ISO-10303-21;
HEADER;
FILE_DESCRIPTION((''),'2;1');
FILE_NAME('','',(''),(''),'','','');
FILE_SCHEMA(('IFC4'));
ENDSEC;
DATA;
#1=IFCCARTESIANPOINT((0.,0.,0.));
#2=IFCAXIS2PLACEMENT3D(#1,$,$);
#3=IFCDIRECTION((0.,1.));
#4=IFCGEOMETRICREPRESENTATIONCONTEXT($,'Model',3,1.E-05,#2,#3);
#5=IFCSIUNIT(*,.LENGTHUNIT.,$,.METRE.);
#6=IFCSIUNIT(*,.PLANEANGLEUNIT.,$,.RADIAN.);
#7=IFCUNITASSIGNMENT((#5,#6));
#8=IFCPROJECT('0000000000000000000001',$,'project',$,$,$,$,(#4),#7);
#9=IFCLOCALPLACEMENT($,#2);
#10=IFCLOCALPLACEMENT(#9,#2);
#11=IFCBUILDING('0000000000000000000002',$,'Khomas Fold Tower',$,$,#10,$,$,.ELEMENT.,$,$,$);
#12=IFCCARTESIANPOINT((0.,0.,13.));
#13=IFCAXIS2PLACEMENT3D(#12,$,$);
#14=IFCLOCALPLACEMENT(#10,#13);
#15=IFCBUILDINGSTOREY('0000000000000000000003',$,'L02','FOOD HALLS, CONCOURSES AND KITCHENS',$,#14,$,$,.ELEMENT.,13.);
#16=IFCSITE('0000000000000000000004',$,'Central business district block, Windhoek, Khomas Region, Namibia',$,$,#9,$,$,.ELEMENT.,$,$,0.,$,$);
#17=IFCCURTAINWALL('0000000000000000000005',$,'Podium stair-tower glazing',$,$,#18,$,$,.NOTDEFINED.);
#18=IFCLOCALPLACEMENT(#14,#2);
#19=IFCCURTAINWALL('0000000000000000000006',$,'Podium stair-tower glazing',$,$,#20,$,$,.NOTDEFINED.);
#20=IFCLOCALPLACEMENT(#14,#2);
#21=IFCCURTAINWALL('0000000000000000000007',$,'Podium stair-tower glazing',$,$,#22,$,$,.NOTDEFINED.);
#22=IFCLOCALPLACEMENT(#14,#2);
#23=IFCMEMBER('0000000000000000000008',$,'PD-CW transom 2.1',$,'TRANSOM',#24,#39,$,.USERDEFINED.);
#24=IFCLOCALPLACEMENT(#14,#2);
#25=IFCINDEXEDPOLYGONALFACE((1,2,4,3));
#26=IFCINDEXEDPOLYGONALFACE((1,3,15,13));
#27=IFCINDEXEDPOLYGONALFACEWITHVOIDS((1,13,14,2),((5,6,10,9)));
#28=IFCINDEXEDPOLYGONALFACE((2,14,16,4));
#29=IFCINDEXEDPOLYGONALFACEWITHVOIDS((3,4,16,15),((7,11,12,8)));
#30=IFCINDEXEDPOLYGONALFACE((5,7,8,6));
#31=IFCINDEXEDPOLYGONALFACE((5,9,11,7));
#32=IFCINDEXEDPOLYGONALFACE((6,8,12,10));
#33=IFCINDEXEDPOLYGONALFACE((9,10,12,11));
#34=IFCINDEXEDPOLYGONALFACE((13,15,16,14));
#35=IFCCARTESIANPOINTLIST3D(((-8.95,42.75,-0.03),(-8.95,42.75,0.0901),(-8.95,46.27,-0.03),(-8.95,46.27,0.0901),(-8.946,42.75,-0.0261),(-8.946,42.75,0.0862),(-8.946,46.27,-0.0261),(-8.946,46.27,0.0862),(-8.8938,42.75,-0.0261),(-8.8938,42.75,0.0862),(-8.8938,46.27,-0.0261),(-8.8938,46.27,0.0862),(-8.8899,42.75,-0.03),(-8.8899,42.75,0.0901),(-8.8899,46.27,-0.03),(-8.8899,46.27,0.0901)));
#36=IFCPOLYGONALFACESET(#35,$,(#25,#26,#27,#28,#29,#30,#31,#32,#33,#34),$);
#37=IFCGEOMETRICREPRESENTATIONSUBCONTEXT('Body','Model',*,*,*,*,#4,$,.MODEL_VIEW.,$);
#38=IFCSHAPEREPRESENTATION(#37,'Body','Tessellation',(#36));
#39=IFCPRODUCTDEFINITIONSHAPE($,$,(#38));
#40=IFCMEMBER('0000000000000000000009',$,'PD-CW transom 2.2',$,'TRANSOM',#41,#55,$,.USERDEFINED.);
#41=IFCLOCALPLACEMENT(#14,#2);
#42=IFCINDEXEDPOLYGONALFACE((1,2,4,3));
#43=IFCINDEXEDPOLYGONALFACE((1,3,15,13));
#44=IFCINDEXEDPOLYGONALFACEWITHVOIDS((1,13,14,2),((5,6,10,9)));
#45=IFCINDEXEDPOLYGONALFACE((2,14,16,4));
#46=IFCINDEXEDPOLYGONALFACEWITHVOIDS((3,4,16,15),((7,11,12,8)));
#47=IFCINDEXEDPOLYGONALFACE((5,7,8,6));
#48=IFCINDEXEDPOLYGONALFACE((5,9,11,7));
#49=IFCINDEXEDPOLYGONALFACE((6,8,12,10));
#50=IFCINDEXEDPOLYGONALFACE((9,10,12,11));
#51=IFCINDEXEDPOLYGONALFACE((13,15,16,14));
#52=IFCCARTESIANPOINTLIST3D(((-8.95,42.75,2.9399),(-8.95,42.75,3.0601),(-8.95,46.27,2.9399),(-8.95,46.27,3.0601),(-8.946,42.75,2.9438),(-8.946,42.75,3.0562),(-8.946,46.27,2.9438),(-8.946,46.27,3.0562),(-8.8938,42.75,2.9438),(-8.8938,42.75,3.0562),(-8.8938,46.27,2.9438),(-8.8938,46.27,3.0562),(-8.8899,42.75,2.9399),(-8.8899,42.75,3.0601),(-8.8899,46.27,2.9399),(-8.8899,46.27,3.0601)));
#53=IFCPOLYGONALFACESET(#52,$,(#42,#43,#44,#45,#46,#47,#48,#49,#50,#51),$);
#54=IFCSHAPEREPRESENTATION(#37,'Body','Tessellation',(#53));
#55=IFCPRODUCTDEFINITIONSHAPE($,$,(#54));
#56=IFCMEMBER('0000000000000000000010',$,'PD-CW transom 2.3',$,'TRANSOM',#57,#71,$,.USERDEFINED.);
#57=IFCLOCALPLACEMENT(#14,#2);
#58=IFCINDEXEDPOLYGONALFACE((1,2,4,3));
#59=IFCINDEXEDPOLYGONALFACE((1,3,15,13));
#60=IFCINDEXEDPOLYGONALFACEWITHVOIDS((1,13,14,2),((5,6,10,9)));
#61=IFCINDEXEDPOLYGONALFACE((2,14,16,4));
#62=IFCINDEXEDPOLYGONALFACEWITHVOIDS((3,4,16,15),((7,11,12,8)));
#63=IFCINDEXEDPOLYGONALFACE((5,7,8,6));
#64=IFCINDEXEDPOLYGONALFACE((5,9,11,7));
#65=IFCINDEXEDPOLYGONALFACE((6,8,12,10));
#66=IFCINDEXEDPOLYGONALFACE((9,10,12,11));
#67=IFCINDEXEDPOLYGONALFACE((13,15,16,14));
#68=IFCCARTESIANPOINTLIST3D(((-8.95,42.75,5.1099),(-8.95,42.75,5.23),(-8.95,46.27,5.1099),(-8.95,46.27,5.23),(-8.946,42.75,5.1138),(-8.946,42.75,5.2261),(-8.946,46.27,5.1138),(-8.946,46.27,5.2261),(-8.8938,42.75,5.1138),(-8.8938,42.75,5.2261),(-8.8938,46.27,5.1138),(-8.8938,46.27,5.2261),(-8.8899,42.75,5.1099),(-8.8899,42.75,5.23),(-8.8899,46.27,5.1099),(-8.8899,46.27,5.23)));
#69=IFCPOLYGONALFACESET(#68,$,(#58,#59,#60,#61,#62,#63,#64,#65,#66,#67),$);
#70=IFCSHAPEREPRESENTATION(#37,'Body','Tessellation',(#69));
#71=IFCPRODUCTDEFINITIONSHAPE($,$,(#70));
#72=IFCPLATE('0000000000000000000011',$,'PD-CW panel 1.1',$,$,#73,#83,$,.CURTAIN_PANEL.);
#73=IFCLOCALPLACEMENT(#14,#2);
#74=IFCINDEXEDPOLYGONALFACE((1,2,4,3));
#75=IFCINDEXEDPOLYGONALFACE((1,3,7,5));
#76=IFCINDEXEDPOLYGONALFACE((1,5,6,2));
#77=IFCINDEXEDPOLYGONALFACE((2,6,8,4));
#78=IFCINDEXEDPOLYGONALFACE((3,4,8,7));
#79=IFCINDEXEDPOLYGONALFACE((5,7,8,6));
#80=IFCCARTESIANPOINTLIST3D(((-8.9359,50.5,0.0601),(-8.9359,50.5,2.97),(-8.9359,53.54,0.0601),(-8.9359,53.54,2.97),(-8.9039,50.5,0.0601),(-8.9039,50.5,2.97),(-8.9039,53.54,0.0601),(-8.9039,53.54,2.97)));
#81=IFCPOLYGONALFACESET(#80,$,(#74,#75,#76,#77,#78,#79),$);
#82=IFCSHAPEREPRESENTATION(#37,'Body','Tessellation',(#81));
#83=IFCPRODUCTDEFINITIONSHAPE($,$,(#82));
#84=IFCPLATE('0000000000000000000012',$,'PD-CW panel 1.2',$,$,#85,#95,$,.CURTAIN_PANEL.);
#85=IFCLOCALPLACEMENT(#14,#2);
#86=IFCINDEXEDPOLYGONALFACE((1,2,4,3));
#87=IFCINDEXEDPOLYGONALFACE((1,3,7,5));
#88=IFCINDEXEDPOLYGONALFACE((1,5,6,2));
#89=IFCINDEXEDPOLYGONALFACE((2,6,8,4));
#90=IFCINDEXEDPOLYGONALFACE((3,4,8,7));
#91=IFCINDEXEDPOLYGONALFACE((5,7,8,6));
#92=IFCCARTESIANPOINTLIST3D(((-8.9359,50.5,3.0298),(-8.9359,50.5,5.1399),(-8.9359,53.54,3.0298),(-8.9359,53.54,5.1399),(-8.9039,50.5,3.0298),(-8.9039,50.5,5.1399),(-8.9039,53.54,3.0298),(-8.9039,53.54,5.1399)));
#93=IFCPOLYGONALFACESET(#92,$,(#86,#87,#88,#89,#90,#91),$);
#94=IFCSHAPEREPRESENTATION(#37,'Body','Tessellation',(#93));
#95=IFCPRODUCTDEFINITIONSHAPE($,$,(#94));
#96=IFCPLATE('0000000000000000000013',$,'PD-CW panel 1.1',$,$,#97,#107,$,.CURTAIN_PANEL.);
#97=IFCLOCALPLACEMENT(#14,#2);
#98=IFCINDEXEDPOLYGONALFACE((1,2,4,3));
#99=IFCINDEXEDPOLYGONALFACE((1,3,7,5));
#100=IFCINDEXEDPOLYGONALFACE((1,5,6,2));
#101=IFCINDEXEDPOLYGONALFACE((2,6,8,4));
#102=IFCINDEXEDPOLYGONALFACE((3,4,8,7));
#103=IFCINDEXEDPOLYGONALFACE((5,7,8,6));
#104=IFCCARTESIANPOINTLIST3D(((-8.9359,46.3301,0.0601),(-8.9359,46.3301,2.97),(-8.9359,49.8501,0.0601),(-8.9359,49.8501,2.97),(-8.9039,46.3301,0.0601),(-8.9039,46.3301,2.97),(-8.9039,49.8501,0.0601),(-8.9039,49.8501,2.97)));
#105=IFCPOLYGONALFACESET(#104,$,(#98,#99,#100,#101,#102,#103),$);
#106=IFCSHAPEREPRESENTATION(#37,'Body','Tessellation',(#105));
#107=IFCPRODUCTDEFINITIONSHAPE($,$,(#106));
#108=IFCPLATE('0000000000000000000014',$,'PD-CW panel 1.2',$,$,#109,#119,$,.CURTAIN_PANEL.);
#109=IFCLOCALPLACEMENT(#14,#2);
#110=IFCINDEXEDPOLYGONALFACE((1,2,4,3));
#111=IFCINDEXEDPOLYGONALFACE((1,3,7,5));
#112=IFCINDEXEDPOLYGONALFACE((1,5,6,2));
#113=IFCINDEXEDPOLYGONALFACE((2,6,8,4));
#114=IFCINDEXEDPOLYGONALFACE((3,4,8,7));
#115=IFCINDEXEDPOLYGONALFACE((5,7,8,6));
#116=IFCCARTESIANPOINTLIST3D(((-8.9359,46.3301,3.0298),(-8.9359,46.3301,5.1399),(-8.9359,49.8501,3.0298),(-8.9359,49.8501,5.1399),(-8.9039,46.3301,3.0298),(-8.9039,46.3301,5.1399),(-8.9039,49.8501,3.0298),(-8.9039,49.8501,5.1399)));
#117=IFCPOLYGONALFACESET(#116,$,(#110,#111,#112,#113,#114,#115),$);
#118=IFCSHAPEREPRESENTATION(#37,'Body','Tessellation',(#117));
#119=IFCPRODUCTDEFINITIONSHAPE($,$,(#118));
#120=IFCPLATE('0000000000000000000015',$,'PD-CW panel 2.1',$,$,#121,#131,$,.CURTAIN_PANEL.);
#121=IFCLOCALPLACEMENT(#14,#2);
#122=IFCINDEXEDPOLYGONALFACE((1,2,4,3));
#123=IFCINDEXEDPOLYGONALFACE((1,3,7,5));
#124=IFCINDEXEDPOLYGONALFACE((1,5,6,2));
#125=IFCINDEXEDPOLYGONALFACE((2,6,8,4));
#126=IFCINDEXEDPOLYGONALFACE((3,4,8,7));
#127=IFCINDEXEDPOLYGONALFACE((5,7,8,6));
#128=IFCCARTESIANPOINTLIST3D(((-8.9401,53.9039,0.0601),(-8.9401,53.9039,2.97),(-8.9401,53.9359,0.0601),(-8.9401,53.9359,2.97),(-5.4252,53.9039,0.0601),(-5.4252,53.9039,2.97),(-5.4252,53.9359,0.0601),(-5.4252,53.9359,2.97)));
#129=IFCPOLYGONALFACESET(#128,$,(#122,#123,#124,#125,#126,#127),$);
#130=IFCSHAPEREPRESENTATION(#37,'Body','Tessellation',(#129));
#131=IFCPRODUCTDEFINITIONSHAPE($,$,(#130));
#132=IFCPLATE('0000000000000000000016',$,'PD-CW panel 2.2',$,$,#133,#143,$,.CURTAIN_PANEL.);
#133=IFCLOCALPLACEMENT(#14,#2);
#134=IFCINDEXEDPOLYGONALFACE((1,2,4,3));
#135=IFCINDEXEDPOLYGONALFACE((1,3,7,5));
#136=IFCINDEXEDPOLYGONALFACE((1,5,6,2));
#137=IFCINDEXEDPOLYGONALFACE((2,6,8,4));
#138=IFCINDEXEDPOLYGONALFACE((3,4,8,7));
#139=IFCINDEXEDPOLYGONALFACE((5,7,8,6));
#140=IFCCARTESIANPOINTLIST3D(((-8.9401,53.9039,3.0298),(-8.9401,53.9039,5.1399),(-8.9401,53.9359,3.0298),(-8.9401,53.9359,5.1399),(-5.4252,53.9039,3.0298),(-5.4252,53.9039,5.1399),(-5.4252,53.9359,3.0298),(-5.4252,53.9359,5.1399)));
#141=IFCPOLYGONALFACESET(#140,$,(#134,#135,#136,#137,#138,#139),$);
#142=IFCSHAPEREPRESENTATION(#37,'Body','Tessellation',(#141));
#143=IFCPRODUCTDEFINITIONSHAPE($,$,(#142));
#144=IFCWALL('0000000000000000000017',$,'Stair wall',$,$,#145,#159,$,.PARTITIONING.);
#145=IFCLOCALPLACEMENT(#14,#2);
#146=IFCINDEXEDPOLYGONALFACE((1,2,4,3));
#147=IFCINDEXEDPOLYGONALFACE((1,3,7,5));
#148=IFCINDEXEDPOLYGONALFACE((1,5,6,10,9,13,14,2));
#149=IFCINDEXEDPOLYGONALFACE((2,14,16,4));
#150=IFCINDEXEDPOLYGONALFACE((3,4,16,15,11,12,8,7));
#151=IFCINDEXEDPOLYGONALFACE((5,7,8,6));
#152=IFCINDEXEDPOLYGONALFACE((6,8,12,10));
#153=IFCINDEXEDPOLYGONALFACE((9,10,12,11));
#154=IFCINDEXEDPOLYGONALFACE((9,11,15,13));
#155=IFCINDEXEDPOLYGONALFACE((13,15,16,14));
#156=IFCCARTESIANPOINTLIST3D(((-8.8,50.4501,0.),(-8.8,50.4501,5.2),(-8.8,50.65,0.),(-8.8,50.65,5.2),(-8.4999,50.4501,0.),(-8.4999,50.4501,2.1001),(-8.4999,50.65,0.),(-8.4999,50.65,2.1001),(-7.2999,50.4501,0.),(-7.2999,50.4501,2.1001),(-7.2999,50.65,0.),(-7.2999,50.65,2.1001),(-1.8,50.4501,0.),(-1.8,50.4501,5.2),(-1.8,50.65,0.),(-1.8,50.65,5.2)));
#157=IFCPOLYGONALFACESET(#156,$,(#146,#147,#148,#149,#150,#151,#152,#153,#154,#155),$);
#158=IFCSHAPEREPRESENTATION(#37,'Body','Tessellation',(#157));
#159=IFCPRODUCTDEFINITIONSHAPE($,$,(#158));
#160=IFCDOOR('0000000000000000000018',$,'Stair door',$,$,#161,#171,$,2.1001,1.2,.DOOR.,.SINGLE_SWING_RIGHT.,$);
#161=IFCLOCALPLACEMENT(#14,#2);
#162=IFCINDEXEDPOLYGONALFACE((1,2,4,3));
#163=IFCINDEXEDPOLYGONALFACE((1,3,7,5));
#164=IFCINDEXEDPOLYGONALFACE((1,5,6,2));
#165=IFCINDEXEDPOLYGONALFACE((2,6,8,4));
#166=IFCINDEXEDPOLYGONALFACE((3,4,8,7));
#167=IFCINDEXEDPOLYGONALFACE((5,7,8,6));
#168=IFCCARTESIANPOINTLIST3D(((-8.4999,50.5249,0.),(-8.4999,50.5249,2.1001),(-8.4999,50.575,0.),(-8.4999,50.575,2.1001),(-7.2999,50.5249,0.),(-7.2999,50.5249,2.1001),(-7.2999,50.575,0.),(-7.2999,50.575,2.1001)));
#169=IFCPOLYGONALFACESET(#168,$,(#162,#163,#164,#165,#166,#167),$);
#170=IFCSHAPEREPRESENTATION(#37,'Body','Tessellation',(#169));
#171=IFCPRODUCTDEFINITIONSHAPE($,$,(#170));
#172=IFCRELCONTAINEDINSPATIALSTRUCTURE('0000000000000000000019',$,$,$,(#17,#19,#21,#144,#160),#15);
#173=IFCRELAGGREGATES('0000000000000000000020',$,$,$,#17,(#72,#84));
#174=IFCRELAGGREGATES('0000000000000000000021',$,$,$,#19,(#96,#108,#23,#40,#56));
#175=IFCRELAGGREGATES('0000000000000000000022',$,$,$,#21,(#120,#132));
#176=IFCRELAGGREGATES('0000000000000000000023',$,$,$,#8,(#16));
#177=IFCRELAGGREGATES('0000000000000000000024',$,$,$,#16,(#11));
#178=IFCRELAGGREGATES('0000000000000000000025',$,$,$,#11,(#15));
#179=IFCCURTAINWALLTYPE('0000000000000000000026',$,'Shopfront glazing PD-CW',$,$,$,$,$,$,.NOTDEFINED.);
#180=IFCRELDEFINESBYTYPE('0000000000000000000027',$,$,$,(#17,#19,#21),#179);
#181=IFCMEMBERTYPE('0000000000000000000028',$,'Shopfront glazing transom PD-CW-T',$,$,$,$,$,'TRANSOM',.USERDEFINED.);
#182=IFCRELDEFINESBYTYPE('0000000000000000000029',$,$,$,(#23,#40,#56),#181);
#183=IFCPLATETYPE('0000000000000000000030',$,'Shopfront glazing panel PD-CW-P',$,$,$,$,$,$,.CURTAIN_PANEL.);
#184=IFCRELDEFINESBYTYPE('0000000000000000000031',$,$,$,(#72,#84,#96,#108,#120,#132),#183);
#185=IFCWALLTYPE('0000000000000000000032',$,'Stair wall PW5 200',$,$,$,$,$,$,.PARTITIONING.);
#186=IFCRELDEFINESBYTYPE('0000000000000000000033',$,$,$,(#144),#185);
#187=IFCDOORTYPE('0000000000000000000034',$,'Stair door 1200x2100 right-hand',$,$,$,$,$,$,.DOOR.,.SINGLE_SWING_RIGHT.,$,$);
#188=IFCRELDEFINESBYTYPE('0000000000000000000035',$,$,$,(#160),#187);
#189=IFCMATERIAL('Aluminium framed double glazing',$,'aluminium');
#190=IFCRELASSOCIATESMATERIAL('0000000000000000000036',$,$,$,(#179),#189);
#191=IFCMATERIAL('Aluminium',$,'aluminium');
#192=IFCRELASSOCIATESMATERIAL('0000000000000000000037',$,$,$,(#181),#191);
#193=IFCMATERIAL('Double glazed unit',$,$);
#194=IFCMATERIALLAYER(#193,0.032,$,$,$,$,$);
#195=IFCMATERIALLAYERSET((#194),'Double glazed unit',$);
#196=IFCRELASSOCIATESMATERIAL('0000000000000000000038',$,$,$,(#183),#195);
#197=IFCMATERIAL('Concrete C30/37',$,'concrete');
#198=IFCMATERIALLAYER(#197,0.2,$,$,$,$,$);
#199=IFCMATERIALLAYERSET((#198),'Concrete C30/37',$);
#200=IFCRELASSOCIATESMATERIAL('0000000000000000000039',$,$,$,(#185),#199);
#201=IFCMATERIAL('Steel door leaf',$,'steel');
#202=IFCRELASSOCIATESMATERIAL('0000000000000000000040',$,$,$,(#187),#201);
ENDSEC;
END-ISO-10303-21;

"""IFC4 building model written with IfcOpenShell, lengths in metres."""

from ifc_helpers import new_model, si_unit, direction, frame, frame_2d, origin, origin_2d, place, context, subcontext, project, spatial, rectangle, hollow_rectangle, extrude, source, transform, mapped, material, layer, layer_set, material_profile, profile_set, type_object, element, fill, aggregate, save


model = new_model("IFC4")

# Units and contexts
model_context = context("Model", 3, precision=1e-05, world=origin(), true_north=direction((0.0, 1.0)))
body_context = subcontext(model_context, "Body", "Model", "MODEL_VIEW")
ifc_project = project(units=[si_unit("LENGTHUNIT", "METRE"), si_unit("PLANEANGLEUNIT", "RADIAN")], contexts=[model_context])

# Site, building, storey
site_placement = place(None, origin())
site = spatial("IfcSite", under=ifc_project, at=site_placement, Name="Central business district block, Windhoek, Khomas Region, Namibia", CompositionType="ELEMENT", RefElevation=0.0)
building_placement = place(site_placement, origin())
building = spatial("IfcBuilding", under=site, at=building_placement, Name="Khomas Fold Tower", CompositionType="ELEMENT")
storey_placement = place(building_placement, frame((0.0, 0.0, 13.0)))
storey = spatial("IfcBuildingStorey", under=building, at=storey_placement, Name="L02", Description="FOOD HALLS, CONCOURSES AND KITCHENS", CompositionType="ELEMENT", Elevation=13.0)

# Curtain walls
ifc_material_1 = material(Name="Aluminium framed double glazing", Category="aluminium")
curtain_wall_type = type_object("IfcCurtainWallType", Name="Shopfront glazing PD-CW", PredefinedType="NOTDEFINED", material=ifc_material_1)
curtain_wall_1_placement = place(storey_placement, origin())
curtain_wall_1 = element("IfcCurtainWall", 1, at=curtain_wall_1_placement, inside=storey, type_object=curtain_wall_type, Name="Podium stair-tower glazing", PredefinedType="NOTDEFINED")
curtain_wall_2_placement = place(storey_placement, origin())
curtain_wall_2 = element("IfcCurtainWall", 2, at=curtain_wall_2_placement, inside=storey, type_object=curtain_wall_type, Name="Podium stair-tower glazing", PredefinedType="NOTDEFINED")

# Curtain wall
curtain_wall_3_placement = place(storey_placement, origin())
curtain_wall_3 = element("IfcCurtainWall", 3, at=curtain_wall_3_placement, inside=storey, type_object=curtain_wall_type, Name="Podium stair-tower glazing", PredefinedType="NOTDEFINED")

# Members
ifc_material_2 = material(Name="Aluminium", Category="aluminium")
ifc_material_profile_1 = material_profile(ifc_material_2, hollow_rectangle(XDim=0.0601, YDim=0.1201, WallThickness=0.0039, at=origin_2d()), Name="Shopfront glazing transom PD-CW-T")
ifc_profile_set_1 = profile_set([ifc_material_profile_1], Name="Aluminium")
member_type_1 = type_object("IfcMemberType", Name="Shopfront glazing transom PD-CW-T", ElementType="TRANSOM", PredefinedType="USERDEFINED", material=ifc_profile_set_1)
shared_shape_1 = source(origin(), body_context, "Body", "SweptSolid", [
    extrude(hollow_rectangle(XDim=0.0601, YDim=0.1201, WallThickness=0.0039, at=origin_2d()), origin(), (0.0, 0.0, 1.0), 3.52),
])
member_1_placement = place(storey_placement, frame((-8.9199, 46.27, 0.03), z_axis=(0.0, -1.0, 0.0), x_axis=(1.0, 0.0, 0.0)))
member_1 = element("IfcMember", 4, at=member_1_placement, type_object=member_type_1, Name="PD-CW transom 2.1", ObjectType="TRANSOM", PredefinedType="USERDEFINED", context=body_context, shape_type="MappedRepresentation", body=[
    mapped(shared_shape_1, transform((0.0, 0.0, 0.0))),
])
member_2_placement = place(storey_placement, frame((-8.9199, 46.27, 3.0), z_axis=(0.0, -1.0, 0.0), x_axis=(1.0, 0.0, 0.0)))
member_2 = element("IfcMember", 5, at=member_2_placement, type_object=member_type_1, Name="PD-CW transom 2.2", ObjectType="TRANSOM", PredefinedType="USERDEFINED", context=body_context, shape_type="MappedRepresentation", body=[
    mapped(shared_shape_1, transform((0.0, 0.0, 0.0))),
])
member_3_placement = place(storey_placement, frame((-8.9199, 46.27, 5.1699), z_axis=(0.0, -1.0, 0.0), x_axis=(1.0, 0.0, 0.0)))
member_3 = element("IfcMember", 6, at=member_3_placement, type_object=member_type_1, Name="PD-CW transom 2.3", ObjectType="TRANSOM", PredefinedType="USERDEFINED", context=body_context, shape_type="MappedRepresentation", body=[
    mapped(shared_shape_1, transform((0.0, 0.0, 0.0))),
])

# Plates
ifc_material_3 = material(Name="Double glazed unit")
ifc_layer_1 = layer(ifc_material_3, 0.032)
ifc_layer_set_1 = layer_set([ifc_layer_1], Name="Double glazed unit")
plate_type = type_object("IfcPlateType", Name="Shopfront glazing panel PD-CW-P", PredefinedType="CURTAIN_PANEL", material=ifc_layer_set_1)
shared_shape_2 = source(origin(), body_context, "Body", "SweptSolid", [
    extrude(rectangle(XDim=3.04, YDim=0.032, at=origin_2d()), origin(), (0.0, 0.0, 1.0), 2.9099),
])
plate_1_placement = place(storey_placement, frame((-8.9199, 52.02, 0.0601), z_axis=(0.0, 0.0, 1.0), x_axis=(0.0, -1.0, 0.0)))
plate_1 = element("IfcPlate", 7, at=plate_1_placement, type_object=plate_type, Name="PD-CW panel 1.1", PredefinedType="CURTAIN_PANEL", context=body_context, shape_type="MappedRepresentation", body=[
    mapped(shared_shape_2, transform((0.0, 0.0, 0.0))),
])
shared_shape_3 = source(origin(), body_context, "Body", "SweptSolid", [
    extrude(rectangle(XDim=3.04, YDim=0.032, at=origin_2d()), origin(), (0.0, 0.0, 1.0), 2.1101),
])
plate_2_placement = place(storey_placement, frame((-8.9199, 52.02, 3.0298), z_axis=(0.0, 0.0, 1.0), x_axis=(0.0, -1.0, 0.0)))
plate_2 = element("IfcPlate", 8, at=plate_2_placement, type_object=plate_type, Name="PD-CW panel 1.2", PredefinedType="CURTAIN_PANEL", context=body_context, shape_type="MappedRepresentation", body=[
    mapped(shared_shape_3, transform((0.0, 0.0, 0.0))),
])
aggregate(curtain_wall_1, [plate_1, plate_2])
shared_shape_4 = source(origin(), body_context, "Body", "SweptSolid", [
    extrude(rectangle(XDim=3.52, YDim=0.032, at=origin_2d()), origin(), (0.0, 0.0, 1.0), 2.9099),
])
plate_3_placement = place(storey_placement, frame((-8.9199, 48.0901, 0.0601), z_axis=(0.0, 0.0, 1.0), x_axis=(0.0, -1.0, 0.0)))
plate_3 = element("IfcPlate", 9, at=plate_3_placement, type_object=plate_type, Name="PD-CW panel 1.1", PredefinedType="CURTAIN_PANEL", context=body_context, shape_type="MappedRepresentation", body=[
    mapped(shared_shape_4, transform((0.0, 0.0, 0.0))),
])
shared_shape_5 = source(origin(), body_context, "Body", "SweptSolid", [
    extrude(rectangle(XDim=3.52, YDim=0.032, at=origin_2d()), origin(), (0.0, 0.0, 1.0), 2.1101),
])
plate_4_placement = place(storey_placement, frame((-8.9199, 48.0901, 3.0298), z_axis=(0.0, 0.0, 1.0), x_axis=(0.0, -1.0, 0.0)))
plate_4 = element("IfcPlate", 10, at=plate_4_placement, type_object=plate_type, Name="PD-CW panel 1.2", PredefinedType="CURTAIN_PANEL", context=body_context, shape_type="MappedRepresentation", body=[
    mapped(shared_shape_5, transform((0.0, 0.0, 0.0))),
])
aggregate(curtain_wall_2, [plate_3, plate_4, member_1, member_2, member_3])
shared_shape_6 = source(origin(), body_context, "Body", "SweptSolid", [
    extrude(rectangle(XDim=3.5149, YDim=0.032, at=origin_2d()), origin(), (0.0, 0.0, 1.0), 2.9099),
])
plate_5_placement = place(storey_placement, frame((-7.1826, 53.9199, 0.0601), z_axis=(0.0, 0.0, 1.0), x_axis=(-1.0, 0.0, 0.0)))
plate_5 = element("IfcPlate", 11, at=plate_5_placement, type_object=plate_type, Name="PD-CW panel 2.1", PredefinedType="CURTAIN_PANEL", context=body_context, shape_type="MappedRepresentation", body=[
    mapped(shared_shape_6, transform((0.0, 0.0, 0.0))),
])
shared_shape_7 = source(origin(), body_context, "Body", "SweptSolid", [
    extrude(rectangle(XDim=3.5149, YDim=0.032, at=origin_2d()), origin(), (0.0, 0.0, 1.0), 2.1101),
])
plate_6_placement = place(storey_placement, frame((-7.1826, 53.9199, 3.0298), z_axis=(0.0, 0.0, 1.0), x_axis=(-1.0, 0.0, 0.0)))
plate_6 = element("IfcPlate", 12, at=plate_6_placement, type_object=plate_type, Name="PD-CW panel 2.2", PredefinedType="CURTAIN_PANEL", context=body_context, shape_type="MappedRepresentation", body=[
    mapped(shared_shape_7, transform((0.0, 0.0, 0.0))),
])
aggregate(curtain_wall_3, [plate_5, plate_6])

# Wall, opening, door
ifc_material_4 = material(Name="Concrete C30/37", Category="concrete")
ifc_layer_2 = layer(ifc_material_4, 0.2)
ifc_layer_set_2 = layer_set([ifc_layer_2], Name="Concrete C30/37")
wall_type = type_object("IfcWallType", Name="Stair wall PW5 200", PredefinedType="PARTITIONING", material=ifc_layer_set_2)
shared_shape_8 = source(origin(), body_context, "Body", "SweptSolid", [
    extrude(rectangle(XDim=7.0, YDim=0.2, at=frame_2d((3.5, 0.0))), origin(), (0.0, 0.0, 1.0), 5.2),
])
wall_1_placement = place(storey_placement, frame((-8.8, 50.55, 0.0), z_axis=(0.0, 0.0, 1.0), x_axis=(1.0, 0.0, 0.0)))
wall_1 = element("IfcWall", 13, at=wall_1_placement, inside=storey, type_object=wall_type, Name="Stair wall", PredefinedType="PARTITIONING", context=body_context, shape_type="MappedRepresentation", body=[
    mapped(shared_shape_8, transform((0.0, 0.0, 0.0))),
])
shared_shape_9 = source(origin(), body_context, "Body", "SweptSolid", [
    extrude(rectangle(XDim=1.2, YDim=2.1001, at=frame_2d((0.6001, 1.05))), frame((0.0, 0.1099, 0.0), z_axis=(0.0, -1.0, 0.0), x_axis=(1.0, 0.0, 0.0)), (0.0, 0.0, 1.0), 0.22),
])
opening_placement = place(wall_1_placement, frame((0.3, 0.0, 0.0)))
opening = element("IfcOpeningElement", 14, at=opening_placement, cuts=wall_1, PredefinedType="OPENING", context=body_context, shape_type="MappedRepresentation", body=[
    mapped(shared_shape_9, transform((0.0, 0.0, 0.0))),
])
ifc_material_5 = material(Name="Steel door leaf", Category="steel")
door_type = type_object("IfcDoorType", Name="Stair door 1200x2100 right-hand", OperationType="SINGLE_SWING_RIGHT", PredefinedType="DOOR", material=ifc_material_5)
shared_shape_10 = source(origin(), body_context, "Body", "SweptSolid", [
    extrude(rectangle(XDim=1.2, YDim=2.1001, at=frame_2d((0.6001, 1.05))), frame((0.0, 0.0249, 0.0), z_axis=(0.0, -1.0, 0.0), x_axis=(1.0, 0.0, 0.0)), (0.0, 0.0, 1.0), 0.05),
])
door_placement = place(opening_placement, origin())
door = element("IfcDoor", 15, at=door_placement, inside=storey, type_object=door_type, Name="Stair door", OperationType="SINGLE_SWING_RIGHT", OverallHeight=2.1001, OverallWidth=1.2, PredefinedType="DOOR", context=body_context, shape_type="MappedRepresentation", body=[
    mapped(shared_shape_10, transform((0.0, 0.0, 0.0))),
])
fill(opening, door)

save(model, "model.ifc")
